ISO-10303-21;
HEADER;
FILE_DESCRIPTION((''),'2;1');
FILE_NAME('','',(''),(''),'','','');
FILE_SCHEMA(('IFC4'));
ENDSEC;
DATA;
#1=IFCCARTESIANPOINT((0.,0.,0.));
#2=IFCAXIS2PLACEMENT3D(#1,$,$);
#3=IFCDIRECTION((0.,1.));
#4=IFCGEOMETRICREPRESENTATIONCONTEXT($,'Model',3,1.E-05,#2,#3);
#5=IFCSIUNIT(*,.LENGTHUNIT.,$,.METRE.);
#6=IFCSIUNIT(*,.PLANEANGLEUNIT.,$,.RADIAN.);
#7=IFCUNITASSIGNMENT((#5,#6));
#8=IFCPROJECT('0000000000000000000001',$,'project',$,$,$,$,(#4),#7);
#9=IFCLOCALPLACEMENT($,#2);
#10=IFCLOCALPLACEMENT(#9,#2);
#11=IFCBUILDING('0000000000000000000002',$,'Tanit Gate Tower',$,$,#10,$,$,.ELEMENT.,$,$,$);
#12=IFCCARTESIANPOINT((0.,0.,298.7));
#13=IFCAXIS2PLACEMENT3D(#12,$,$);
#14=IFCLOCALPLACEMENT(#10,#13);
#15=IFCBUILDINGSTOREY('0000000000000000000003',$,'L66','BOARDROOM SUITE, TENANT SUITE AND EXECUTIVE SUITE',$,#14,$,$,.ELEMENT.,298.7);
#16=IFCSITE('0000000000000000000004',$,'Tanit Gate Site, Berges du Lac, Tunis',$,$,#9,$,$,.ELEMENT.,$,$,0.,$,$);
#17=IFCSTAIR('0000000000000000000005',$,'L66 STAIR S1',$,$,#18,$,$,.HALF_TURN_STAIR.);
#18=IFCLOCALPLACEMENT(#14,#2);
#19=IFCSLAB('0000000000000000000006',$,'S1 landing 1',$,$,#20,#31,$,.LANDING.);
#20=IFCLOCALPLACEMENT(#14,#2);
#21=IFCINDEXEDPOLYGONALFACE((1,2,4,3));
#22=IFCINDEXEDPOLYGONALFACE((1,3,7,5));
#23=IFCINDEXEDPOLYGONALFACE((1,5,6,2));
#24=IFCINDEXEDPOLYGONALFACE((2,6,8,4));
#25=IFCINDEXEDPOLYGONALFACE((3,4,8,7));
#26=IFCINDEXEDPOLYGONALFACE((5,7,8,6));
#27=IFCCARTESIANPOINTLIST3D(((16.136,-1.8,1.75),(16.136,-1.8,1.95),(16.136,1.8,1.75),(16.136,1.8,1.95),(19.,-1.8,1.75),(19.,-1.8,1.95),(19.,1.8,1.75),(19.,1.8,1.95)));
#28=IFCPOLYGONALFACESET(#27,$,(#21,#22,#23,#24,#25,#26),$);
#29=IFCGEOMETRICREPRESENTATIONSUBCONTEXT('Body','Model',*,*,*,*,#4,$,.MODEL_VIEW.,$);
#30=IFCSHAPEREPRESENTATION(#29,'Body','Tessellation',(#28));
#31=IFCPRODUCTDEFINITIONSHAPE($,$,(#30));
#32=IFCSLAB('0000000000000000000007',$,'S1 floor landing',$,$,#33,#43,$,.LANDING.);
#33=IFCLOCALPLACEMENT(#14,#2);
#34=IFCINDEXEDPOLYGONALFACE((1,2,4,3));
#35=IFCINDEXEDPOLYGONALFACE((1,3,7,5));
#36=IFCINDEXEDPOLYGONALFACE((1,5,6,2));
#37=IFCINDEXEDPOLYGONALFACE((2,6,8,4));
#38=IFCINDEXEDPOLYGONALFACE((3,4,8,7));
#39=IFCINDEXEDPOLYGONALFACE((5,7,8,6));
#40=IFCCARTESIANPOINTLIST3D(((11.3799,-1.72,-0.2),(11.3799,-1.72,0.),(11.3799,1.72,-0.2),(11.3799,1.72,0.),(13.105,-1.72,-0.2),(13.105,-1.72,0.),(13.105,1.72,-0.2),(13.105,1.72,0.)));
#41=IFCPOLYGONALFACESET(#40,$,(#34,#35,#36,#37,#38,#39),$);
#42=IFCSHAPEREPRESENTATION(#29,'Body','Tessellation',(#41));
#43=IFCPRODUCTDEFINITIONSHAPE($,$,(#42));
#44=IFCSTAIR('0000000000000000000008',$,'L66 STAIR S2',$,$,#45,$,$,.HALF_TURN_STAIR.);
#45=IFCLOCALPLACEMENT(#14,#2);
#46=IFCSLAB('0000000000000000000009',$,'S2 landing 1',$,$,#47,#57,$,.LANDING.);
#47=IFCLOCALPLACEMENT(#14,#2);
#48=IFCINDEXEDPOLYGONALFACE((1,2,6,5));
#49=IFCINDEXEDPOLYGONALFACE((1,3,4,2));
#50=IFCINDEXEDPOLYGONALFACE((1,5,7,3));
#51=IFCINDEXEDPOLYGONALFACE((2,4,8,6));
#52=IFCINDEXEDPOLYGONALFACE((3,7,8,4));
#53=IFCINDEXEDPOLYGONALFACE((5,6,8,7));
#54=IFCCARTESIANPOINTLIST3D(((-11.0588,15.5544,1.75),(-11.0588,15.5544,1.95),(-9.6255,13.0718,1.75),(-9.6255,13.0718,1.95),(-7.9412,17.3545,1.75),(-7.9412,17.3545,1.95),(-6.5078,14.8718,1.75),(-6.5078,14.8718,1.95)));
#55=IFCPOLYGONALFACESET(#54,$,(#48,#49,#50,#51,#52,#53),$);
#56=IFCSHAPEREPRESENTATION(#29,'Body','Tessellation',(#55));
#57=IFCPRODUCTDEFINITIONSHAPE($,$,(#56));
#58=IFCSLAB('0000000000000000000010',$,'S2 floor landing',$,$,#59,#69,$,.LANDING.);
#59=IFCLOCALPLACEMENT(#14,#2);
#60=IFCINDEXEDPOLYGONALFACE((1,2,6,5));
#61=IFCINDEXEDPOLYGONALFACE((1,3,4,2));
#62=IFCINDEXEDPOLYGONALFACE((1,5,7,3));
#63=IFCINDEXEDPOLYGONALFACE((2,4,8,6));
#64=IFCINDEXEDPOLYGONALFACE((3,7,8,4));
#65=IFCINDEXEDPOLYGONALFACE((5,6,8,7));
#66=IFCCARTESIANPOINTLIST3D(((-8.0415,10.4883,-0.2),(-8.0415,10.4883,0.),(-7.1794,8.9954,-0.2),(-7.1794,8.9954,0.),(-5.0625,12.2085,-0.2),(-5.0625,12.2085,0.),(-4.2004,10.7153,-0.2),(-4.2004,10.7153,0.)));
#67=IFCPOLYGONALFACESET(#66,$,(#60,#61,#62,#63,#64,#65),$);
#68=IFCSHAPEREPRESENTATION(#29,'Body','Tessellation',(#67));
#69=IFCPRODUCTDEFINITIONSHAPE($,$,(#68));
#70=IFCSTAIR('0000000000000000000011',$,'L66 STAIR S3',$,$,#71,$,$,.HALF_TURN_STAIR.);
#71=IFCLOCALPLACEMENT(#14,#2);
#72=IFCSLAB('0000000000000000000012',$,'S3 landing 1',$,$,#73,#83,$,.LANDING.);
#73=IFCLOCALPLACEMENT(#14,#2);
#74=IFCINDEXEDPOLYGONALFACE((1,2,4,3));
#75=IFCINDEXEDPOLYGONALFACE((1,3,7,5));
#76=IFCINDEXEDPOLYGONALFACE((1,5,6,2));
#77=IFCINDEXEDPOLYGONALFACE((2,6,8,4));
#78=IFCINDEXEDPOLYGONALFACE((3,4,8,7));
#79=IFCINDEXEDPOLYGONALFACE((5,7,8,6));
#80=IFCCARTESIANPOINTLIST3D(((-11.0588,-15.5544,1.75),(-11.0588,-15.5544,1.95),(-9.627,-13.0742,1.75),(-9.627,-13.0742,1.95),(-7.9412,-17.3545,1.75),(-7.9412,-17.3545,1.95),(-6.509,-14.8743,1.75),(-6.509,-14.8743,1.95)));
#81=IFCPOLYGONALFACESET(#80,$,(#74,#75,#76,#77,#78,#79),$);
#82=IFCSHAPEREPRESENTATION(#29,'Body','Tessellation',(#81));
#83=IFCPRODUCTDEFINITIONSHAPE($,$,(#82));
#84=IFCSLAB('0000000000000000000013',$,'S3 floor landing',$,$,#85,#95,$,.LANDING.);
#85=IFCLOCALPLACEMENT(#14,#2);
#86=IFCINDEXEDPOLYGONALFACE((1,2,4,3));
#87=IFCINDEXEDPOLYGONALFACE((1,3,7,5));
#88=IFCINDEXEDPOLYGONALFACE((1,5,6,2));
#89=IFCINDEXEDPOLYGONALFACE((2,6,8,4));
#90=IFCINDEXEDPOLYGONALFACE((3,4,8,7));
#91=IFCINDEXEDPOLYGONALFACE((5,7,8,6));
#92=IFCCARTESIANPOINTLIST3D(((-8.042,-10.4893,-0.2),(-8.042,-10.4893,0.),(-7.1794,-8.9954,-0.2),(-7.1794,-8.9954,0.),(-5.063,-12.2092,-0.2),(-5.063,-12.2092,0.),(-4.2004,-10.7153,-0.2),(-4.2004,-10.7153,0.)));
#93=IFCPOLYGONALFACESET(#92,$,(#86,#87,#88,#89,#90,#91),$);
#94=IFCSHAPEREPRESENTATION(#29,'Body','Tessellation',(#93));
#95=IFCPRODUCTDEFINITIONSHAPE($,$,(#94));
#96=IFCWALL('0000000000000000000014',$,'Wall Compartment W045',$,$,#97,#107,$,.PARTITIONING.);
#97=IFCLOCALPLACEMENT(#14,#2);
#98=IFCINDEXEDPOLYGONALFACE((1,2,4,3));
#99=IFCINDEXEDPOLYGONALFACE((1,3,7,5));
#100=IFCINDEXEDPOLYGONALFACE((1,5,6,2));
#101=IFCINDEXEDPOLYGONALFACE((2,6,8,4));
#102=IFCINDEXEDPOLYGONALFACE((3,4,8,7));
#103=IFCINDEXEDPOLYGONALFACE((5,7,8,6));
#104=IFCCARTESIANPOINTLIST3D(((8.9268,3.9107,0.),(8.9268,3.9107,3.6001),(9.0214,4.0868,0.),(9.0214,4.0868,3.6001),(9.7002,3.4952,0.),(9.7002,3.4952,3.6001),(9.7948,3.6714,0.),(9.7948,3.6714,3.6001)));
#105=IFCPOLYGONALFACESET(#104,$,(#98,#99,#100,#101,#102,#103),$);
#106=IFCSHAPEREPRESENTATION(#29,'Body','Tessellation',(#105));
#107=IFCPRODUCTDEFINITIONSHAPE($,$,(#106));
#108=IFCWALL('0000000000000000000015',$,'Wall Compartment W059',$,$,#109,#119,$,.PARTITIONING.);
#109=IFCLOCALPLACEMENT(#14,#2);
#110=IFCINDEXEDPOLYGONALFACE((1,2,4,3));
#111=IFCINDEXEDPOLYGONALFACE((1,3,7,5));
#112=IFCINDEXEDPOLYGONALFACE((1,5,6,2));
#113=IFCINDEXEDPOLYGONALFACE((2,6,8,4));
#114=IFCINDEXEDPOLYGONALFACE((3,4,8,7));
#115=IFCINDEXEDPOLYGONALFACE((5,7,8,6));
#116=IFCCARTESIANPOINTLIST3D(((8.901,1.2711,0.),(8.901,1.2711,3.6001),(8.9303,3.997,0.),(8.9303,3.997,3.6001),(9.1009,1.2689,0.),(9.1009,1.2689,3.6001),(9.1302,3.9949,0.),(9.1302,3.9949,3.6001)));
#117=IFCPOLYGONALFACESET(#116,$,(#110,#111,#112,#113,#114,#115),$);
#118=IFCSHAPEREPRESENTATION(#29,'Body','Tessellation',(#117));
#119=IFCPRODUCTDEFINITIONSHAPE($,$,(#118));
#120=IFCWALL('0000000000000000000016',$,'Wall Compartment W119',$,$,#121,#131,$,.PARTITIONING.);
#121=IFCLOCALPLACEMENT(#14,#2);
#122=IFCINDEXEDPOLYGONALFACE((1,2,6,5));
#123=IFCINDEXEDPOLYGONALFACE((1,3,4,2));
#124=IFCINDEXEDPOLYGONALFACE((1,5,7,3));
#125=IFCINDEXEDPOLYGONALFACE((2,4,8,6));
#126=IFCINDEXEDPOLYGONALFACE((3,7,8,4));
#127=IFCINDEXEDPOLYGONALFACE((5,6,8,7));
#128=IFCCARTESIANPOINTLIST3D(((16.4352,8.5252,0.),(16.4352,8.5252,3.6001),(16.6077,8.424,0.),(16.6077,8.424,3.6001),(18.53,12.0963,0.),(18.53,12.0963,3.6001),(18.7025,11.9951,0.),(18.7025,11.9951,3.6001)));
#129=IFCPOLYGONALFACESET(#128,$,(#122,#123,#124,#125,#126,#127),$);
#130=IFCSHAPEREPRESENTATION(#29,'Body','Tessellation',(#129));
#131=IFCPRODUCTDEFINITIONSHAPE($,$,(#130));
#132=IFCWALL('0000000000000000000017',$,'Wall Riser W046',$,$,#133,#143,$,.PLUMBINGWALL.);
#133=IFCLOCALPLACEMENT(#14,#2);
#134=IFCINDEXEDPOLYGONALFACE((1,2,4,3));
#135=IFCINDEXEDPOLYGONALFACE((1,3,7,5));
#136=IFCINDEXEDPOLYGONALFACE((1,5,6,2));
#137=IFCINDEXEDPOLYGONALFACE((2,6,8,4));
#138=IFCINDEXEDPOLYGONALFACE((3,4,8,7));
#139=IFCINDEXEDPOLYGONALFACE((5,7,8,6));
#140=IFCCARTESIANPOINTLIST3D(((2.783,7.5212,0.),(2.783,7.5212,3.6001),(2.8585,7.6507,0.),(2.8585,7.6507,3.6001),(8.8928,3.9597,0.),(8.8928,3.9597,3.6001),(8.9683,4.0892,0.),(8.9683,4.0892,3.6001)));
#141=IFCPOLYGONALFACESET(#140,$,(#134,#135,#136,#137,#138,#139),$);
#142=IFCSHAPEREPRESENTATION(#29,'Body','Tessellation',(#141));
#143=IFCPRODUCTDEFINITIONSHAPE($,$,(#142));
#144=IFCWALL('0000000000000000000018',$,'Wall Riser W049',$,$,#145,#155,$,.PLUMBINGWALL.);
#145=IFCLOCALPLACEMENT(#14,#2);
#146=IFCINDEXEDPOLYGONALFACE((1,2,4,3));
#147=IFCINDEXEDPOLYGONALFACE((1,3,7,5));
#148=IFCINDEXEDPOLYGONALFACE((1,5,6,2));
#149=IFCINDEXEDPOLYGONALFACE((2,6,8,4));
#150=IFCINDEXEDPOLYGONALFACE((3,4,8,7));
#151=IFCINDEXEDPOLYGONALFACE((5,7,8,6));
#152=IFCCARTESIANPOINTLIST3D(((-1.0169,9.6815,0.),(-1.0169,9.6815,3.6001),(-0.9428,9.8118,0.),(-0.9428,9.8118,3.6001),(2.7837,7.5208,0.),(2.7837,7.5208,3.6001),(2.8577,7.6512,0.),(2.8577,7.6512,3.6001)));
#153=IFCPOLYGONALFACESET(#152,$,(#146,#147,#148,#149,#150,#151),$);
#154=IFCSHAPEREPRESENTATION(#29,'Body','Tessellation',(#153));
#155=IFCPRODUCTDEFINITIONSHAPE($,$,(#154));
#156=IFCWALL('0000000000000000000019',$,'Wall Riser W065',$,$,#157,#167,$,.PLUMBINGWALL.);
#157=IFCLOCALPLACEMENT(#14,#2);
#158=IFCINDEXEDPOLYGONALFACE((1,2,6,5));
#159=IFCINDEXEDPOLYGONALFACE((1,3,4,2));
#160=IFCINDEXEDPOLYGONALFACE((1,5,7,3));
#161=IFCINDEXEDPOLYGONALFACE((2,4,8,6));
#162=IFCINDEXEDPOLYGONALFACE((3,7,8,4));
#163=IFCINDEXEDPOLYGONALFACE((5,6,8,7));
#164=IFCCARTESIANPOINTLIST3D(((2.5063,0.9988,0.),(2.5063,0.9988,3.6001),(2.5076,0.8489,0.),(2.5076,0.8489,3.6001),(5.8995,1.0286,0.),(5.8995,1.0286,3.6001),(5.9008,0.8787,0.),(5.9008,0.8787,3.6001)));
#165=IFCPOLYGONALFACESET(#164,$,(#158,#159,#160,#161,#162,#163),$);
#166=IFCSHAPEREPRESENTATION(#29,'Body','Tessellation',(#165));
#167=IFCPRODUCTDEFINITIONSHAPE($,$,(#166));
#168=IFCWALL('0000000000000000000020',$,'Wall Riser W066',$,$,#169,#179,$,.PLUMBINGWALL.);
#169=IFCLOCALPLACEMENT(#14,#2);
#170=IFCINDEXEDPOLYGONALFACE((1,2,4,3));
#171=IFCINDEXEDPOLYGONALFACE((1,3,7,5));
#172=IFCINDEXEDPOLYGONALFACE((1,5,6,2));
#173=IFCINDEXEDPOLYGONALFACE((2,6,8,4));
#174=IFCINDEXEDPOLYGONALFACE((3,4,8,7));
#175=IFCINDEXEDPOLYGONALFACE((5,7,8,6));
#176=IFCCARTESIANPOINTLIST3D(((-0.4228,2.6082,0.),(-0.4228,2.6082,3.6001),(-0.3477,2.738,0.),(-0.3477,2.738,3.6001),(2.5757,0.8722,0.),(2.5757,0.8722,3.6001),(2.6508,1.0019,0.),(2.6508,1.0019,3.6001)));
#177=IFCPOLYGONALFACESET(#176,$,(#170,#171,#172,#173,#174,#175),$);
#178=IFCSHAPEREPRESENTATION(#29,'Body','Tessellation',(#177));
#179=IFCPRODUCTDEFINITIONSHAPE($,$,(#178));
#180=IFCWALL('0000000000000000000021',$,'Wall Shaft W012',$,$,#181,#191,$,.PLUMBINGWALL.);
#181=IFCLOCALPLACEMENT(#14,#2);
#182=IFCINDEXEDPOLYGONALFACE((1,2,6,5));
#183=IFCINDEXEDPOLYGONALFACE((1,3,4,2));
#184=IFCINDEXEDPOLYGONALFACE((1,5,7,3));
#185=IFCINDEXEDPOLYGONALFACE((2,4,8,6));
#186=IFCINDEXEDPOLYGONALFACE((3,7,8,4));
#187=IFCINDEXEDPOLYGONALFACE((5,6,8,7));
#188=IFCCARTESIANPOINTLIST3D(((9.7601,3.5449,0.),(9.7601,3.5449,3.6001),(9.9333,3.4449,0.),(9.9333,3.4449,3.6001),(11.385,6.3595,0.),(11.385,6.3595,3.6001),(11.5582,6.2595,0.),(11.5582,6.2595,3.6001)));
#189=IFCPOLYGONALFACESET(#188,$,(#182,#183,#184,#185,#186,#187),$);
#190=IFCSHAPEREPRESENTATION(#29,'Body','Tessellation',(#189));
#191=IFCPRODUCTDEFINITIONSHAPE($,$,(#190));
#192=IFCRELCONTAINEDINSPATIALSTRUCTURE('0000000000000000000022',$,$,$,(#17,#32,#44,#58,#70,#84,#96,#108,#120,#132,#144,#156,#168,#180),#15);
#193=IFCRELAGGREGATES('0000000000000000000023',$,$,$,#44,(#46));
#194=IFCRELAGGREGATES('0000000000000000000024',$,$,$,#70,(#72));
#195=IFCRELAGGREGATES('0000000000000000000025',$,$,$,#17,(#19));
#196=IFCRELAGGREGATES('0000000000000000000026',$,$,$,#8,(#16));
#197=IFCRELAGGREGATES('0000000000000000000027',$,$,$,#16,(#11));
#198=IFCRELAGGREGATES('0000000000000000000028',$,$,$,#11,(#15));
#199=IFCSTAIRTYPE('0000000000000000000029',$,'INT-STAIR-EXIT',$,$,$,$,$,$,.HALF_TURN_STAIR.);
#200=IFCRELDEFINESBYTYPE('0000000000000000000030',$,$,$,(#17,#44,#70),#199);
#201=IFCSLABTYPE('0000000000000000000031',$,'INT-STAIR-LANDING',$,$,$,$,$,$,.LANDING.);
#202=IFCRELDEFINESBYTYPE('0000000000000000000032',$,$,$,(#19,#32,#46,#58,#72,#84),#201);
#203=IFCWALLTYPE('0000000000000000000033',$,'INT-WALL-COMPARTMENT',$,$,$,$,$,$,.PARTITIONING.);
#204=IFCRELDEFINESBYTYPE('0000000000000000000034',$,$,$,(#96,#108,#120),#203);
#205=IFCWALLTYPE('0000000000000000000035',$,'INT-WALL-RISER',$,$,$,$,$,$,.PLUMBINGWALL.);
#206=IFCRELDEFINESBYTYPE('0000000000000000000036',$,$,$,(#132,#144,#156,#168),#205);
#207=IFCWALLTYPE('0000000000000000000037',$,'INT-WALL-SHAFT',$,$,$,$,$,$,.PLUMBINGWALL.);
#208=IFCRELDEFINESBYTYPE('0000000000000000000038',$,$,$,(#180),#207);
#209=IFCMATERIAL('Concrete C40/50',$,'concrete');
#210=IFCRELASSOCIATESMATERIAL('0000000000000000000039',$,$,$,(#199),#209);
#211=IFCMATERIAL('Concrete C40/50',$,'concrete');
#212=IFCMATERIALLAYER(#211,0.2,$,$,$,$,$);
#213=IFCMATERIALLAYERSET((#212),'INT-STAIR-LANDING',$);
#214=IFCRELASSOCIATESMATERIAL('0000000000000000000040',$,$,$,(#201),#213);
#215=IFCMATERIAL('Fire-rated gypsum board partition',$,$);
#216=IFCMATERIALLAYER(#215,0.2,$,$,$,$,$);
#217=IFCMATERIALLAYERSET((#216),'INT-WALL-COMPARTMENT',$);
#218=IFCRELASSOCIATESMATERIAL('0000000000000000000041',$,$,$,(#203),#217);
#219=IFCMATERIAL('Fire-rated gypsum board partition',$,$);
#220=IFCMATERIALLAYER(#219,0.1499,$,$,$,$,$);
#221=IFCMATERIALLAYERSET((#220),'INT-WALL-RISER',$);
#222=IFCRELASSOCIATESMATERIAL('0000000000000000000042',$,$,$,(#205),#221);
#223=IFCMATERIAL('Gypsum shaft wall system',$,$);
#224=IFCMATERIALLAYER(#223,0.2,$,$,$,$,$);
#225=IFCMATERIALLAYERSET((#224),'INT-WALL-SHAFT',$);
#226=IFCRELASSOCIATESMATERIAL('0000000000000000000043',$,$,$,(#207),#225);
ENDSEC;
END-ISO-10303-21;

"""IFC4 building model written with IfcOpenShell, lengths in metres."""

from ifc_helpers import new_model, si_unit, direction, frame, frame_2d, origin, place, context, subcontext, project, spatial, polyline, rectangle, outline, extrude, material, layer, layer_set, type_object, element, aggregate, save


model = new_model("IFC4")

# Units and contexts
model_context = context("Model", 3, precision=1e-05, world=origin(), true_north=direction((0.0, 1.0)))
body_context = subcontext(model_context, "Body", "Model", "MODEL_VIEW")
ifc_project = project(units=[si_unit("LENGTHUNIT", "METRE"), si_unit("PLANEANGLEUNIT", "RADIAN")], contexts=[model_context])

# Site, building, storey
site_placement = place(None, origin())
site = spatial("IfcSite", under=ifc_project, at=site_placement, Name="Tanit Gate Site, Berges du Lac, Tunis", CompositionType="ELEMENT", RefElevation=0.0)
building_placement = place(site_placement, origin())
building = spatial("IfcBuilding", under=site, at=building_placement, Name="Tanit Gate Tower", CompositionType="ELEMENT")
storey_placement = place(building_placement, frame((0.0, 0.0, 298.7)))
storey = spatial("IfcBuildingStorey", under=building, at=storey_placement, Name="L66", Description="BOARDROOM SUITE, TENANT SUITE AND EXECUTIVE SUITE", CompositionType="ELEMENT", Elevation=298.7)

# Stair, slab
ifc_material_1 = material(Name="Concrete C40/50", Category="concrete")
stair_type = type_object("IfcStairType", Name="INT-STAIR-EXIT", PredefinedType="HALF_TURN_STAIR", material=ifc_material_1)
stair_1_placement = place(storey_placement, origin())
stair_1 = element("IfcStair", 1, at=stair_1_placement, inside=storey, type_object=stair_type, Name="L66 STAIR S1", PredefinedType="HALF_TURN_STAIR")
ifc_material_2 = material(Name="Concrete C40/50", Category="concrete")
ifc_layer_1 = layer(ifc_material_2, 0.2)
ifc_layer_set_1 = layer_set([ifc_layer_1], Name="INT-STAIR-LANDING")
slab_type = type_object("IfcSlabType", Name="INT-STAIR-LANDING", PredefinedType="LANDING", material=ifc_layer_set_1)
slab_1_placement = place(storey_placement, frame((0.0, 0.0, 1.75)))
slab_1 = element("IfcSlab", 2, at=slab_1_placement, type_object=slab_type, Name="S1 landing 1", PredefinedType="LANDING", context=body_context, shape_type="SweptSolid", body=[
    extrude(outline(polyline([(16.136, -1.8), (19.0, -1.8), (19.0, 1.8), (16.136, 1.8), (16.136, -1.8)])), origin(), (0.0, 0.0, 1.0), 0.2),
])

# Slab
slab_2_placement = place(storey_placement, frame((0.0, 0.0, -0.2)))
element("IfcSlab", 3, at=slab_2_placement, inside=storey, type_object=slab_type, Name="S1 floor landing", PredefinedType="LANDING", context=body_context, shape_type="SweptSolid", body=[
    extrude(outline(polyline([(11.3799, -1.72), (13.105, -1.72), (13.105, 1.72), (11.3799, 1.72), (11.3799, -1.72)])), origin(), (0.0, 0.0, 1.0), 0.2),
])

# Stair, slab
stair_2_placement = place(storey_placement, origin())
stair_2 = element("IfcStair", 4, at=stair_2_placement, inside=storey, type_object=stair_type, Name="L66 STAIR S2", PredefinedType="HALF_TURN_STAIR")
slab_3_placement = place(storey_placement, frame((0.0, 0.0, 1.75)))
slab_3 = element("IfcSlab", 5, at=slab_3_placement, type_object=slab_type, Name="S2 landing 1", PredefinedType="LANDING", context=body_context, shape_type="SweptSolid", body=[
    extrude(outline(polyline([(-6.5078, 14.8718), (-7.9412, 17.3545), (-11.0588, 15.5544), (-9.6255, 13.0718), (-6.5078, 14.8718)])), origin(), (0.0, 0.0, 1.0), 0.2),
])
aggregate(stair_2, [slab_3])

# Slab
slab_4_placement = place(storey_placement, frame((0.0, 0.0, -0.2)))
element("IfcSlab", 6, at=slab_4_placement, inside=storey, type_object=slab_type, Name="S2 floor landing", PredefinedType="LANDING", context=body_context, shape_type="SweptSolid", body=[
    extrude(outline(polyline([(-4.2004, 10.7153), (-5.0625, 12.2085), (-8.0415, 10.4883), (-7.1794, 8.9954), (-4.2004, 10.7153)])), origin(), (0.0, 0.0, 1.0), 0.2),
])

# Stair, slab
stair_3_placement = place(storey_placement, origin())
stair_3 = element("IfcStair", 7, at=stair_3_placement, inside=storey, type_object=stair_type, Name="L66 STAIR S3", PredefinedType="HALF_TURN_STAIR")
slab_5_placement = place(storey_placement, frame((0.0, 0.0, 1.75)))
slab_5 = element("IfcSlab", 8, at=slab_5_placement, type_object=slab_type, Name="S3 landing 1", PredefinedType="LANDING", context=body_context, shape_type="SweptSolid", body=[
    extrude(outline(polyline([(-9.627, -13.0742), (-11.0588, -15.5544), (-7.9412, -17.3545), (-6.509, -14.8743), (-9.627, -13.0742)])), origin(), (0.0, 0.0, 1.0), 0.2),
])
aggregate(stair_3, [slab_5])

# Slab
slab_6_placement = place(storey_placement, frame((0.0, 0.0, -0.2)))
element("IfcSlab", 9, at=slab_6_placement, inside=storey, type_object=slab_type, Name="S3 floor landing", PredefinedType="LANDING", context=body_context, shape_type="SweptSolid", body=[
    extrude(outline(polyline([(-7.1794, -8.9954), (-8.042, -10.4893), (-5.063, -12.2092), (-4.2004, -10.7153), (-7.1794, -8.9954)])), origin(), (0.0, 0.0, 1.0), 0.2),
])

# Walls
ifc_material_3 = material(Name="Fire-rated gypsum board partition")
ifc_layer_2 = layer(ifc_material_3, 0.2)
ifc_layer_set_2 = layer_set([ifc_layer_2], Name="INT-WALL-COMPARTMENT")
wall_type_1 = type_object("IfcWallType", Name="INT-WALL-COMPARTMENT", PredefinedType="PARTITIONING", material=ifc_layer_set_2)
wall_1_placement = place(storey_placement, frame((8.9741, 3.9988, 0.0), z_axis=(0.0, 0.0, 1.0), x_axis=(0.880917, -0.473271, 0.0)))
element("IfcWall", 10, at=wall_1_placement, inside=storey, type_object=wall_type_1, Name="Wall Compartment W045", PredefinedType="PARTITIONING", context=body_context, shape_type="SweptSolid", body=[
    extrude(rectangle(XDim=0.8779, YDim=0.2, at=frame_2d((0.439, 0.0))), origin(), (0.0, 0.0, 1.0), 3.6001),
])
wall_2_placement = place(storey_placement, frame((9.001, 1.27, 0.0), z_axis=(0.0, 0.0, 1.0), x_axis=(0.010747, 0.999942, 0.0)))
element("IfcWall", 11, at=wall_2_placement, inside=storey, type_object=wall_type_1, Name="Wall Compartment W059", PredefinedType="PARTITIONING", context=body_context, shape_type="SweptSolid", body=[
    extrude(rectangle(XDim=2.7261, YDim=0.2, at=frame_2d((1.363, 0.0))), origin(), (0.0, 0.0, 1.0), 3.6001),
])
wall_3_placement = place(storey_placement, frame((16.5215, 8.4746, 0.0), z_axis=(0.0, 0.0, 1.0), x_axis=(0.505963, 0.862555, 0.0)))
element("IfcWall", 12, at=wall_3_placement, inside=storey, type_object=wall_type_1, Name="Wall Compartment W119", PredefinedType="PARTITIONING", context=body_context, shape_type="SweptSolid", body=[
    extrude(rectangle(XDim=4.1401, YDim=0.2, at=frame_2d((2.0701, 0.0))), origin(), (0.0, 0.0, 1.0), 3.6001),
])
ifc_material_4 = material(Name="Fire-rated gypsum board partition")
ifc_layer_3 = layer(ifc_material_4, 0.1499)
ifc_layer_set_3 = layer_set([ifc_layer_3], Name="INT-WALL-RISER")
wall_type_2 = type_object("IfcWallType", Name="INT-WALL-RISER", PredefinedType="PLUMBINGWALL", material=ifc_layer_set_3)
wall_4_placement = place(storey_placement, frame((8.9307, 4.0244, 0.0), z_axis=(0.0, 0.0, 1.0), x_axis=(-0.863937, 0.503601, 0.0)))
element("IfcWall", 13, at=wall_4_placement, inside=storey, type_object=wall_type_2, Name="Wall Riser W046", PredefinedType="PLUMBINGWALL", context=body_context, shape_type="SweptSolid", body=[
    extrude(rectangle(XDim=7.072, YDim=0.1499, at=frame_2d((3.5361, 0.0))), origin(), (0.0, 0.0, 1.0), 3.6001),
])
wall_5_placement = place(storey_placement, frame((2.8208, 7.5859, 0.0), z_axis=(0.0, 0.0, 1.0), x_axis=(-0.869334, 0.494225, 0.0)))
element("IfcWall", 14, at=wall_5_placement, inside=storey, type_object=wall_type_2, Name="Wall Riser W049", PredefinedType="PLUMBINGWALL", context=body_context, shape_type="SweptSolid", body=[
    extrude(rectangle(XDim=4.3718, YDim=0.1499, at=frame_2d((2.186, 0.0))), origin(), (0.0, 0.0, 1.0), 3.6001),
])
wall_6_placement = place(storey_placement, frame((2.5068, 0.9238, 0.0), z_axis=(0.0, 0.0, 1.0), x_axis=(0.999961, 0.008778, 0.0)))
element("IfcWall", 15, at=wall_6_placement, inside=storey, type_object=wall_type_2, Name="Wall Riser W065", PredefinedType="PLUMBINGWALL", context=body_context, shape_type="SweptSolid", body=[
    extrude(rectangle(XDim=3.3933, YDim=0.1499, at=frame_2d((1.6968, 0.0))), origin(), (0.0, 0.0, 1.0), 3.6001),
])
wall_7_placement = place(storey_placement, frame((-0.3853, 2.6731, 0.0), z_axis=(0.0, 0.0, 1.0), x_axis=(0.865415, -0.501056, 0.0)))
element("IfcWall", 16, at=wall_7_placement, inside=storey, type_object=wall_type_2, Name="Wall Riser W066", PredefinedType="PLUMBINGWALL", context=body_context, shape_type="SweptSolid", body=[
    extrude(rectangle(XDim=3.4648, YDim=0.1499, at=frame_2d((1.7324, 0.0))), origin(), (0.0, 0.0, 1.0), 3.6001),
])
ifc_material_5 = material(Name="Gypsum shaft wall system")
ifc_layer_4 = layer(ifc_material_5, 0.2)
ifc_layer_set_4 = layer_set([ifc_layer_4], Name="INT-WALL-SHAFT")
wall_type_3 = type_object("IfcWallType", Name="INT-WALL-SHAFT", PredefinedType="PLUMBINGWALL", material=ifc_layer_set_4)
wall_8_placement = place(storey_placement, frame((9.8467, 3.4949, 0.0), z_axis=(0.0, 0.0, 1.0), x_axis=(0.499985, 0.866034, 0.0)))
element("IfcWall", 17, at=wall_8_placement, inside=storey, type_object=wall_type_3, Name="Wall Shaft W012", PredefinedType="PLUMBINGWALL", context=body_context, shape_type="SweptSolid", body=[
    extrude(rectangle(XDim=3.25, YDim=0.2, at=frame_2d((1.625, 0.0))), origin(), (0.0, 0.0, 1.0), 3.6001),
])

aggregate(stair_1, [slab_1])

save(model, "model.ifc")
